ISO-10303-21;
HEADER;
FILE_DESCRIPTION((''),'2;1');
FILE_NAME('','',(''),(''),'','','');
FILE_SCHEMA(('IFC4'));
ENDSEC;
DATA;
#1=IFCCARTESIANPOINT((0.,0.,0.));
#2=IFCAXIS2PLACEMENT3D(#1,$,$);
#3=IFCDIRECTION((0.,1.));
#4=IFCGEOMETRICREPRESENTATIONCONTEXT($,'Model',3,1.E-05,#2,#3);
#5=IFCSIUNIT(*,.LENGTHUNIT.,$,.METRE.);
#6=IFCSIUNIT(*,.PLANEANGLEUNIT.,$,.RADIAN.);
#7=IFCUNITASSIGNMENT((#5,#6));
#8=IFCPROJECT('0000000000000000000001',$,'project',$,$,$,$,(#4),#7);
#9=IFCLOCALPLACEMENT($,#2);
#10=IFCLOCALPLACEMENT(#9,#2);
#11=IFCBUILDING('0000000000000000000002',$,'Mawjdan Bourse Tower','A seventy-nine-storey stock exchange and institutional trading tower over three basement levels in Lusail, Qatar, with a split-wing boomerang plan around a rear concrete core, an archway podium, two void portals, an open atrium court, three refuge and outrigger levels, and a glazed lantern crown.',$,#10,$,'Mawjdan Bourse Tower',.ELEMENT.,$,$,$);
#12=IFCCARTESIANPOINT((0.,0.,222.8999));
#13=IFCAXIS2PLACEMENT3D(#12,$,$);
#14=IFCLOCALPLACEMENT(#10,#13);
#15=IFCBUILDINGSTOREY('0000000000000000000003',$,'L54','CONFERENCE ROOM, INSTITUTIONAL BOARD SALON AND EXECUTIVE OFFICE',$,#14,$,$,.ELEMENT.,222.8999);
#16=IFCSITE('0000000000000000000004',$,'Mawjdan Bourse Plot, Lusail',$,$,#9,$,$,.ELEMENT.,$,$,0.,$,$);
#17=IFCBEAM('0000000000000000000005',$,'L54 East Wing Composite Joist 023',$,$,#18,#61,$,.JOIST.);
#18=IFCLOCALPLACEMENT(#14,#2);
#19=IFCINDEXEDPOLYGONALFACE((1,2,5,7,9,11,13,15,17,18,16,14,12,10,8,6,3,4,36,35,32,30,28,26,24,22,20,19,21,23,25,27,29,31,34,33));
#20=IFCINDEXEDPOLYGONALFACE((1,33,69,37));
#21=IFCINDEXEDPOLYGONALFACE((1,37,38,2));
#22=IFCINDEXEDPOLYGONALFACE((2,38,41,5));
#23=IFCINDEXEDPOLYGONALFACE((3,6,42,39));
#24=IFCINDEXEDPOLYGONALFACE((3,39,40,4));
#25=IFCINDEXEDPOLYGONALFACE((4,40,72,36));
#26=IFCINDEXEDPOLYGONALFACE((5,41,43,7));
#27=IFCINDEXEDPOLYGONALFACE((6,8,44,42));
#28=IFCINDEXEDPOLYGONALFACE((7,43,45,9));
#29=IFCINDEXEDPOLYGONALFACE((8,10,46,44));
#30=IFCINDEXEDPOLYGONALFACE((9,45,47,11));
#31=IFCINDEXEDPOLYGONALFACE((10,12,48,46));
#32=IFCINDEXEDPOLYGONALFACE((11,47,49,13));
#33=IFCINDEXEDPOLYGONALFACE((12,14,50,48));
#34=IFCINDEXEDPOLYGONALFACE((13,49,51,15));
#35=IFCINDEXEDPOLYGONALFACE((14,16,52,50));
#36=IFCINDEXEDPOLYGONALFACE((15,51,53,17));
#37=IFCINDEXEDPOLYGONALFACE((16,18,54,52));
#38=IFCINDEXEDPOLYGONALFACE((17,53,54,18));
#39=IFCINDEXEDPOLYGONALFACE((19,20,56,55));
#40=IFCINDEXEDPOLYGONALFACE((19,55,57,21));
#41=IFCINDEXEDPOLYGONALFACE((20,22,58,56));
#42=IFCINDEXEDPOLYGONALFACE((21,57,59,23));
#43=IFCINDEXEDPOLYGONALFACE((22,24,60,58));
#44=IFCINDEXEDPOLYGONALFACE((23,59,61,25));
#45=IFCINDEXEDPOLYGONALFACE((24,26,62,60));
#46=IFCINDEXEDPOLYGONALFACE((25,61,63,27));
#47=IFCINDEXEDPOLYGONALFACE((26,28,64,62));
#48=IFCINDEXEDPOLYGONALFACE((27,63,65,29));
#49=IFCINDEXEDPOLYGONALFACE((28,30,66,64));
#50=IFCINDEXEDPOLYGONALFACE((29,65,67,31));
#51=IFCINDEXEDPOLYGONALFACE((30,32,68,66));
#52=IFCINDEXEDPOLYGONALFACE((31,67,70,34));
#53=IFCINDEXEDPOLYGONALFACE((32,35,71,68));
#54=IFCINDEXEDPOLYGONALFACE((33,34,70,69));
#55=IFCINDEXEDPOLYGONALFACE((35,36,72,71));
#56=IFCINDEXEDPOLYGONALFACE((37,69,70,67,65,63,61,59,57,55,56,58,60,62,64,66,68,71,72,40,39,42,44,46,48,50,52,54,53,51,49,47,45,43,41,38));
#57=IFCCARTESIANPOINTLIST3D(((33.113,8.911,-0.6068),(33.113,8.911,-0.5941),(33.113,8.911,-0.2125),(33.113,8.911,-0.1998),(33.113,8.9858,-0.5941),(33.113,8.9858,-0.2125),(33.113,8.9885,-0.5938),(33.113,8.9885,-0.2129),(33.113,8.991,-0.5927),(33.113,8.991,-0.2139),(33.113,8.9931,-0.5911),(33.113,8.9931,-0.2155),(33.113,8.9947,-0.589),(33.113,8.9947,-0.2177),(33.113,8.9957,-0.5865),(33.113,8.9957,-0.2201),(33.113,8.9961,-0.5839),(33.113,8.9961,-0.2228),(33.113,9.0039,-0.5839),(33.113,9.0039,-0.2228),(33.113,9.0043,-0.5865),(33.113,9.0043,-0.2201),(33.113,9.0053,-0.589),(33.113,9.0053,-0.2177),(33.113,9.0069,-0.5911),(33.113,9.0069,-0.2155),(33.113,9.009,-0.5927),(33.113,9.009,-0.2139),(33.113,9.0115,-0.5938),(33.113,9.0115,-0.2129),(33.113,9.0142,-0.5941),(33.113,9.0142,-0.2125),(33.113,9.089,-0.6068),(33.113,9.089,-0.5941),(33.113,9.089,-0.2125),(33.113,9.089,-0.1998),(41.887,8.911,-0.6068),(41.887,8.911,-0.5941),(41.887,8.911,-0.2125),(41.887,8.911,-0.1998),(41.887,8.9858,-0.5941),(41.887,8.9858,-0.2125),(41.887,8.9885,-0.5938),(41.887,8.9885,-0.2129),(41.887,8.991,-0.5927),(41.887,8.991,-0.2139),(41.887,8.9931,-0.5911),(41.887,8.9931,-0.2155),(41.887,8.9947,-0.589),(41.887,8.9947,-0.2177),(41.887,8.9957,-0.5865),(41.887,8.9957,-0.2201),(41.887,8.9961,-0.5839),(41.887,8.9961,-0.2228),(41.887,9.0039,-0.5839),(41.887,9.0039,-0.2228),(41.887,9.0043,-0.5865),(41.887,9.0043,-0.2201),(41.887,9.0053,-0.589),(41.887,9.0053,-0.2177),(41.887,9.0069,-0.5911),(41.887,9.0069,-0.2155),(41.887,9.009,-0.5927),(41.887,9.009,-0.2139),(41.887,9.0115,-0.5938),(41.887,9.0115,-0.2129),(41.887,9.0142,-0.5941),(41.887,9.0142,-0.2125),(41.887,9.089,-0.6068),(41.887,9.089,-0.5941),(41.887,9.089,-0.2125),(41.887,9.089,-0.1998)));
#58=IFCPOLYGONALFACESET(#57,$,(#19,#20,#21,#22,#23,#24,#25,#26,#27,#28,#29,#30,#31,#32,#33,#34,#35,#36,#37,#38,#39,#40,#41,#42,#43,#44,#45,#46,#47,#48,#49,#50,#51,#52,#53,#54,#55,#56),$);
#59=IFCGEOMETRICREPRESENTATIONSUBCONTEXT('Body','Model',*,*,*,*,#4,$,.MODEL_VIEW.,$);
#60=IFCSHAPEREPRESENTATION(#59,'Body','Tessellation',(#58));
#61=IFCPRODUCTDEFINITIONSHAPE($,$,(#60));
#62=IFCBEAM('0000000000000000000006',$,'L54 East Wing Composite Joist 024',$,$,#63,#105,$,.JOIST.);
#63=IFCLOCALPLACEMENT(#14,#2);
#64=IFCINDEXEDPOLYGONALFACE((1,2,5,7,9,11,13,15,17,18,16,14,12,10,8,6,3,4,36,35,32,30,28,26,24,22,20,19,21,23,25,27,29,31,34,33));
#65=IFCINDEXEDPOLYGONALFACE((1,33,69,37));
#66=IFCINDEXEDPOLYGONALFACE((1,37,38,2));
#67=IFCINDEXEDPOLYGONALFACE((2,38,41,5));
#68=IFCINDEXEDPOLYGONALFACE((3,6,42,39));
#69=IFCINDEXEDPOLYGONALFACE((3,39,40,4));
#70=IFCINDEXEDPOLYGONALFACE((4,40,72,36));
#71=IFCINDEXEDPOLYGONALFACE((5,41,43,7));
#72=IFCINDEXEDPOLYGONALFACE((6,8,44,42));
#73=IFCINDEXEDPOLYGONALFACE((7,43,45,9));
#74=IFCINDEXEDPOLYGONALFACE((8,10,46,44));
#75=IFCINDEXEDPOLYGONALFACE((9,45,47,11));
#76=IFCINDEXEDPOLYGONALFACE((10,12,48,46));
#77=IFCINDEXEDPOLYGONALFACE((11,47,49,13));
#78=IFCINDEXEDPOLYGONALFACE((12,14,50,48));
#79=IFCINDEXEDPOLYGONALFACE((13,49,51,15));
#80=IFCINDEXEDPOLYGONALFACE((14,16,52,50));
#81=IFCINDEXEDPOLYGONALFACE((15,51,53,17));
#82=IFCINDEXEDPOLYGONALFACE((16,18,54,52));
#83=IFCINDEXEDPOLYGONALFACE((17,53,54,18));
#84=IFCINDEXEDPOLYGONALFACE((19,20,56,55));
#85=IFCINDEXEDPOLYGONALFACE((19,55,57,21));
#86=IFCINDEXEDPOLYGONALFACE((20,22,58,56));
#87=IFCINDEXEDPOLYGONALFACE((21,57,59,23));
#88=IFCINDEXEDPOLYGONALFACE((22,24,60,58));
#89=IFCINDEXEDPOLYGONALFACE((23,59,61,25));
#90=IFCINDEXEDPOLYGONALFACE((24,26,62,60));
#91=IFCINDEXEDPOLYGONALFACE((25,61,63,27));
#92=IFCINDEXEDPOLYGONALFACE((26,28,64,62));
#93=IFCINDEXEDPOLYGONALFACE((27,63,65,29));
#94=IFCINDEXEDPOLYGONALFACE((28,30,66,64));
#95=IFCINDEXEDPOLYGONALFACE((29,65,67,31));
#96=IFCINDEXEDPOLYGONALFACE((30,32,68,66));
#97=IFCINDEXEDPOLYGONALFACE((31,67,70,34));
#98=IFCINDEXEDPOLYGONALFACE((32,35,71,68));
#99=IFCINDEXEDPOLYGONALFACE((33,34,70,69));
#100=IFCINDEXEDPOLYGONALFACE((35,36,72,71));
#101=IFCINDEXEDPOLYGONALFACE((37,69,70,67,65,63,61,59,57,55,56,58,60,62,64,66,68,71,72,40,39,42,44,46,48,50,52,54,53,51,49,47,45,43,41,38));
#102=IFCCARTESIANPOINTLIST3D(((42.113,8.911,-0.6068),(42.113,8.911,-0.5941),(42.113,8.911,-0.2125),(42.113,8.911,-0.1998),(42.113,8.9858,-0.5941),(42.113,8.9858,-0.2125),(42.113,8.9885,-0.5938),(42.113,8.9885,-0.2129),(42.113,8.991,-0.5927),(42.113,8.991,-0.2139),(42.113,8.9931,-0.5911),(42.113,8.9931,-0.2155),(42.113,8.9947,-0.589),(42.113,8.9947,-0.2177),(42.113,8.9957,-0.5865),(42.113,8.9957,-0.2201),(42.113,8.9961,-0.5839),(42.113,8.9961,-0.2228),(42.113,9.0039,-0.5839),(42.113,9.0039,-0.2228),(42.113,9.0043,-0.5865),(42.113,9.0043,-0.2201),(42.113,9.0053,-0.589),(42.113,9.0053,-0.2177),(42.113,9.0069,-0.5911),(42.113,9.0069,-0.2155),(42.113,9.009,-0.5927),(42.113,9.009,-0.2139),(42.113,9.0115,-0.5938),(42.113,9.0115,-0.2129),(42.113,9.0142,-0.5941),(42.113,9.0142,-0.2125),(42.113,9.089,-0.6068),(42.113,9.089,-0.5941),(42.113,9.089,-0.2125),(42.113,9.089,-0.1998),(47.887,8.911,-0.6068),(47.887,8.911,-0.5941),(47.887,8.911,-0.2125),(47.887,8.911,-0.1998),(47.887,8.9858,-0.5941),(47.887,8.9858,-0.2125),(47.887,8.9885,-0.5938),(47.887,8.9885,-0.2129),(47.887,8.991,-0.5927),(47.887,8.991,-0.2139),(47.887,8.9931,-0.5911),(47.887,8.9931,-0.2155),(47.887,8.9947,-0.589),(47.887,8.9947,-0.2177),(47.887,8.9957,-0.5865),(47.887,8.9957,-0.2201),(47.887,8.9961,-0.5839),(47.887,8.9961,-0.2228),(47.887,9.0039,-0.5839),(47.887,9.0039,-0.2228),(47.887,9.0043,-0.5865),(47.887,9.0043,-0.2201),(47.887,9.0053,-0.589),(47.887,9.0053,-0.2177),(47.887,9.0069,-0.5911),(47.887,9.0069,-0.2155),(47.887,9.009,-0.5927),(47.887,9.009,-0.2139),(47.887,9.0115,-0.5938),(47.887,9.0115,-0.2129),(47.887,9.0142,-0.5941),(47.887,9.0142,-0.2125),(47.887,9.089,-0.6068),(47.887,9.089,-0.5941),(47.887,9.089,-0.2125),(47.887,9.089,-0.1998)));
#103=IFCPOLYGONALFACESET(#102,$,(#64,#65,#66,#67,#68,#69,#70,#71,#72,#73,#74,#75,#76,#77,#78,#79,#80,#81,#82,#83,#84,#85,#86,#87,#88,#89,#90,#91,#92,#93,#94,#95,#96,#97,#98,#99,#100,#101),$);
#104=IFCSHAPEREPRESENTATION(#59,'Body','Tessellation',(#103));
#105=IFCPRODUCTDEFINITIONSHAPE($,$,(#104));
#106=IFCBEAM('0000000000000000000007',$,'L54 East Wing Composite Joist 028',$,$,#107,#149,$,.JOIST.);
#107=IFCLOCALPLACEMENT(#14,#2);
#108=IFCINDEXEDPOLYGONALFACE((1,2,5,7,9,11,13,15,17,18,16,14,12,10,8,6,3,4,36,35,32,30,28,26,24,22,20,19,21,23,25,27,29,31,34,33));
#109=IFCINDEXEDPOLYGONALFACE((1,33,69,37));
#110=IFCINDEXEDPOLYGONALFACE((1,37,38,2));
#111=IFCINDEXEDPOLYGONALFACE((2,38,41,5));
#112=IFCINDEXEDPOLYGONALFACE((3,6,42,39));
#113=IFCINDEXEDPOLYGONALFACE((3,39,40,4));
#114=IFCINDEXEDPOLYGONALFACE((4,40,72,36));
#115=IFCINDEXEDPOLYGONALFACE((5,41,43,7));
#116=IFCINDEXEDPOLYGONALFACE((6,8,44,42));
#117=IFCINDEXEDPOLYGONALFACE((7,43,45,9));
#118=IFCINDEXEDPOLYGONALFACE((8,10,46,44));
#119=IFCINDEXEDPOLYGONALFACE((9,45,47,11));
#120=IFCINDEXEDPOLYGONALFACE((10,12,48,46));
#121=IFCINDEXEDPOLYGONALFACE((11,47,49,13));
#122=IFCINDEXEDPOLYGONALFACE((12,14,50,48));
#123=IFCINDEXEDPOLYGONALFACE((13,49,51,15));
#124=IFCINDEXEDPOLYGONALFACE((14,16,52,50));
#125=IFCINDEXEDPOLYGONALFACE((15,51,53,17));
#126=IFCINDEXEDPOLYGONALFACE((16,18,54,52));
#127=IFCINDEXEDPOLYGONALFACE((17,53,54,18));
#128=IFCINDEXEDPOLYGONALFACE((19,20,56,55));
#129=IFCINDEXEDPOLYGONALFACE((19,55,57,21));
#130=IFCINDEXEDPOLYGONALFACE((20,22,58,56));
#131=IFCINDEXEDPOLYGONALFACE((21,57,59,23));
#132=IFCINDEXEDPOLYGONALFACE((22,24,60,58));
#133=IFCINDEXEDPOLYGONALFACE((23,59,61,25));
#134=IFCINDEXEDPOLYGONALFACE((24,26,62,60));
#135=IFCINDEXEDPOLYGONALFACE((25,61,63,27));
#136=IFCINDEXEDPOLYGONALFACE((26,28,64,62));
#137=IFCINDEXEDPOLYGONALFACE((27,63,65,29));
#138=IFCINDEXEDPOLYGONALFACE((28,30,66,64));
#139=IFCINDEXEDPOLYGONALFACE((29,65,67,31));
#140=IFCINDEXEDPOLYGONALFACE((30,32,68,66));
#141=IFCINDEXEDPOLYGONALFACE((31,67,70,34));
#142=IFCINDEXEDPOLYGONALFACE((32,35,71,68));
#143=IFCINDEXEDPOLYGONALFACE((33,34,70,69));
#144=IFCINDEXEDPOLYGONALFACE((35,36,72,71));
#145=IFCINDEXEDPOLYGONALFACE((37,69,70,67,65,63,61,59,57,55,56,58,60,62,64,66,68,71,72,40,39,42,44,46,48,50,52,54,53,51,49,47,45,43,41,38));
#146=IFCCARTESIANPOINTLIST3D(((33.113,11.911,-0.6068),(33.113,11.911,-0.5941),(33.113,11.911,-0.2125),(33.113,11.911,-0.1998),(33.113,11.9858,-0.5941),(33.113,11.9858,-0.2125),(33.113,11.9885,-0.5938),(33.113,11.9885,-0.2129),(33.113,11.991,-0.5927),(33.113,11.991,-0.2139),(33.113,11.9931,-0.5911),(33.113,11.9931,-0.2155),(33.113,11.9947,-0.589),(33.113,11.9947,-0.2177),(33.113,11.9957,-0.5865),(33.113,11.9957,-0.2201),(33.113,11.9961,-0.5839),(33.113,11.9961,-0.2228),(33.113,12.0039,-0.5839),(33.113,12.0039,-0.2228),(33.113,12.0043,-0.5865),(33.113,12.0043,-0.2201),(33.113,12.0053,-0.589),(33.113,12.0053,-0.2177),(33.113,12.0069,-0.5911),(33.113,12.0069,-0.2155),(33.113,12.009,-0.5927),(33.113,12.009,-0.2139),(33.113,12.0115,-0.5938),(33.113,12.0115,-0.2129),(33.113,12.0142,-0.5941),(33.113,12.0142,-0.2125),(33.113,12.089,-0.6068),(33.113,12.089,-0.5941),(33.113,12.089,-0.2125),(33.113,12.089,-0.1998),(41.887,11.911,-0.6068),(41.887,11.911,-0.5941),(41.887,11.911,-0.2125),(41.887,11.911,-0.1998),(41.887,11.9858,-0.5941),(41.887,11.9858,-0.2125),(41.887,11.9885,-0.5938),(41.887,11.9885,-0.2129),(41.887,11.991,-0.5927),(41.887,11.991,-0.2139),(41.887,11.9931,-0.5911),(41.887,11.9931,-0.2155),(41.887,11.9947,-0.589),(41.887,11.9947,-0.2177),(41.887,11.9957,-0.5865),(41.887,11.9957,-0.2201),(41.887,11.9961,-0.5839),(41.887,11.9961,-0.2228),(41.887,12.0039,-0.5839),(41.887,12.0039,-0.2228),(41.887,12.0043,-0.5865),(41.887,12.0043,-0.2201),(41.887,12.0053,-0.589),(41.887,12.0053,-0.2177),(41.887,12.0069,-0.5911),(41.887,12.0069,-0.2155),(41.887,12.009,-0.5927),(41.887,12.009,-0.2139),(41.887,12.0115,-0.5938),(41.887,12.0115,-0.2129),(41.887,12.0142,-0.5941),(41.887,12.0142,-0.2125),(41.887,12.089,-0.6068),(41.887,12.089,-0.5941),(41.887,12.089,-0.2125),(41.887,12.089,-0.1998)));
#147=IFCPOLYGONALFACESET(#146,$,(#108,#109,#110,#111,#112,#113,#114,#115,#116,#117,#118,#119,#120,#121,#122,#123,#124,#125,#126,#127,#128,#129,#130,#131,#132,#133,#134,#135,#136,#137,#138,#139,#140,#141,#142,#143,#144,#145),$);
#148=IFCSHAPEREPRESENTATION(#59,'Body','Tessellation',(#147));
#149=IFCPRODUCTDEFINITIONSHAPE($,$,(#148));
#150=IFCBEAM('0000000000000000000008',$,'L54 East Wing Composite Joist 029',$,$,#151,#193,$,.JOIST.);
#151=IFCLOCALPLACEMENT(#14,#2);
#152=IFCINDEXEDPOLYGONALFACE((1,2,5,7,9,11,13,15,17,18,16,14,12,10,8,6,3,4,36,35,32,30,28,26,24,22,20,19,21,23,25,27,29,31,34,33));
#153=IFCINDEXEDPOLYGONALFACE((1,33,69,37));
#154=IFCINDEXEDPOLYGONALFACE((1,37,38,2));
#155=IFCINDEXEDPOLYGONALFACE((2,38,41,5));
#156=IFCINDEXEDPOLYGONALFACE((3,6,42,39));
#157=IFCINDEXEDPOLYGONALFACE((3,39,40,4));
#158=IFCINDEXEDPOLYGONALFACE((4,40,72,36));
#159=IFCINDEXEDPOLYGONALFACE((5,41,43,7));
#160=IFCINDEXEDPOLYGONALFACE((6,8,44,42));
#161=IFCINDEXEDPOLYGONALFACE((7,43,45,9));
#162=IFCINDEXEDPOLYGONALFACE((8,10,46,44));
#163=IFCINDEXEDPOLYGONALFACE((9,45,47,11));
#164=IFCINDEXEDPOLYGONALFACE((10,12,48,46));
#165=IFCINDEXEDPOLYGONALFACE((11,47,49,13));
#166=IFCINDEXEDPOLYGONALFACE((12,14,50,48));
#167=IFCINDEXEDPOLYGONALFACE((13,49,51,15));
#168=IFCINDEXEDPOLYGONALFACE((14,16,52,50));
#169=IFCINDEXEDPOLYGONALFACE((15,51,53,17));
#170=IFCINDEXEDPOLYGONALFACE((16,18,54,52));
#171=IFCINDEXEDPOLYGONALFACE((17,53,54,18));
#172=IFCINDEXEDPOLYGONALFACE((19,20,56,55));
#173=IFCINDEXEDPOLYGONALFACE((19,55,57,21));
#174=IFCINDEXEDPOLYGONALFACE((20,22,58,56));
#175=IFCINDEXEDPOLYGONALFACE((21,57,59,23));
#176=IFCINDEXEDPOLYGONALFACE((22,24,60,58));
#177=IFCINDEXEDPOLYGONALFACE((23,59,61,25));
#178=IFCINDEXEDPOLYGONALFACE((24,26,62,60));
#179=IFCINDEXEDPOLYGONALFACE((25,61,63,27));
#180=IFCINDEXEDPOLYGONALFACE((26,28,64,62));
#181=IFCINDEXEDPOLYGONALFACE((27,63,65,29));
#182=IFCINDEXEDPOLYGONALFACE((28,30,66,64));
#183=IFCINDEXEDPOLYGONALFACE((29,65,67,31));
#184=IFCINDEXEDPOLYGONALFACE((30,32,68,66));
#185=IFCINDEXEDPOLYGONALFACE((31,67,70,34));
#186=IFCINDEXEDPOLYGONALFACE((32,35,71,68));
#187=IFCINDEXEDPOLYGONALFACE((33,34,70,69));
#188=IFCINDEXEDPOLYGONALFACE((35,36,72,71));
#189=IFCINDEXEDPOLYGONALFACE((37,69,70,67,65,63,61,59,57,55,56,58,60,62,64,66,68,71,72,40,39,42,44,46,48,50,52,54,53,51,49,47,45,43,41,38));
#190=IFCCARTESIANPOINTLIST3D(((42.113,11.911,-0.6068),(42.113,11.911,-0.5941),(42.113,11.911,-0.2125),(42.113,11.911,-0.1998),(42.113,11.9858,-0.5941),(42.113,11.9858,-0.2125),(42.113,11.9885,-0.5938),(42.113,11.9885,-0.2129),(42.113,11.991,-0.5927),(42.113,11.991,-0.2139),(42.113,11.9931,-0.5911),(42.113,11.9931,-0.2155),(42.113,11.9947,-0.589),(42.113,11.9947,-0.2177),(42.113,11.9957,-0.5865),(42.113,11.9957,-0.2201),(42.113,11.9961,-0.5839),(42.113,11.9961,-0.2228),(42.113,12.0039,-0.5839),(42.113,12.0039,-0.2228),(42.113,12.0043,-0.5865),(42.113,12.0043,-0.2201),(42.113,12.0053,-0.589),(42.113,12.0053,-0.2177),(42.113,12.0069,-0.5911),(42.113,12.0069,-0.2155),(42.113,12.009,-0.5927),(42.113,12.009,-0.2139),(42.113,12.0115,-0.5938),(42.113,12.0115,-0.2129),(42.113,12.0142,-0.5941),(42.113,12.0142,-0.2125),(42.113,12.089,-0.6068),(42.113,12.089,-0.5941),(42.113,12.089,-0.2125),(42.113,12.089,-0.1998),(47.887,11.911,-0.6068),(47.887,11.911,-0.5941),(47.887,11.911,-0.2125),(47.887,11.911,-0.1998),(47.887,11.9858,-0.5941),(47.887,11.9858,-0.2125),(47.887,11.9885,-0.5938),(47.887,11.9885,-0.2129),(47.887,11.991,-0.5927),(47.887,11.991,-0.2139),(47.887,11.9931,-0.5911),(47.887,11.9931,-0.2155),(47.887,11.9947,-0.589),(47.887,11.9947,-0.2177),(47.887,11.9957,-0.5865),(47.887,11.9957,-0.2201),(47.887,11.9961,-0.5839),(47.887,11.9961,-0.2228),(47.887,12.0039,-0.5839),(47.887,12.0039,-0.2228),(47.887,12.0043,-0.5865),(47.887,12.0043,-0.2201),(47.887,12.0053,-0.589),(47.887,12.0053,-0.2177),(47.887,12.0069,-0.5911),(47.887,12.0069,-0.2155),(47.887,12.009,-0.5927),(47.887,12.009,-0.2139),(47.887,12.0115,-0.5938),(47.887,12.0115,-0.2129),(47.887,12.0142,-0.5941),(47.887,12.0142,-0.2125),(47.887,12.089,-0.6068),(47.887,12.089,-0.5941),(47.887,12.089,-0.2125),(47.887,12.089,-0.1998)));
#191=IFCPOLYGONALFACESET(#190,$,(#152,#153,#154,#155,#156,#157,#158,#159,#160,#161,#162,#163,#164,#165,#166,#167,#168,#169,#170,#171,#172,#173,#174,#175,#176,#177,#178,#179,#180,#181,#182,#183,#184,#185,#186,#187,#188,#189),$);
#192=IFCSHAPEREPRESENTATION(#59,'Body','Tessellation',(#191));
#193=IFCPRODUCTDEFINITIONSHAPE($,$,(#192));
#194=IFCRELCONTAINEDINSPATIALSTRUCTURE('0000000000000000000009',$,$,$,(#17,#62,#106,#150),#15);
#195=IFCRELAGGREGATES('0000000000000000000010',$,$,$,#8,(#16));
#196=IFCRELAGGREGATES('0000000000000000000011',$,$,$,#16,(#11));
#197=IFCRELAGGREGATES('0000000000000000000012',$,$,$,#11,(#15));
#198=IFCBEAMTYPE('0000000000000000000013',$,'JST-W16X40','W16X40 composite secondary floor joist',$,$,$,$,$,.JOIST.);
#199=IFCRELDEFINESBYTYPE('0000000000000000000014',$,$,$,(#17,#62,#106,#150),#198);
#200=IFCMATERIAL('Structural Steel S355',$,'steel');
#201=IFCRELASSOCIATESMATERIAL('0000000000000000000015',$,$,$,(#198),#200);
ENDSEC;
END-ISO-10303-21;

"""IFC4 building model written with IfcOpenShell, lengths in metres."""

from ifc_helpers import new_model, si_unit, direction, frame, origin, origin_2d, place, context, subcontext, project, spatial, i_section, extrude, material, material_profile, profile_set, type_object, element, save


model = new_model("IFC4")

# Units and contexts
model_context = context("Model", 3, precision=1e-05, world=origin(), true_north=direction((0.0, 1.0)))
body_context = subcontext(model_context, "Body", "Model", "MODEL_VIEW")
ifc_project = project(units=[si_unit("LENGTHUNIT", "METRE"), si_unit("PLANEANGLEUNIT", "RADIAN")], contexts=[model_context])

# Site, building, storey
site_placement = place(None, origin())
site = spatial("IfcSite", under=ifc_project, at=site_placement, Name="Mawjdan Bourse Plot, Lusail", CompositionType="ELEMENT", RefElevation=0.0)
building_placement = place(site_placement, origin())
building = spatial("IfcBuilding", under=site, at=building_placement, Name="Mawjdan Bourse Tower", Description="A seventy-nine-storey stock exchange and institutional trading tower over three basement levels in Lusail, Qatar, with a split-wing boomerang plan around a rear concrete core, an archway podium, two void portals, an open atrium court, three refuge and outrigger levels, and a glazed lantern crown.", LongName="Mawjdan Bourse Tower", CompositionType="ELEMENT")
storey_placement = place(building_placement, frame((0.0, 0.0, 222.8999)))
storey = spatial("IfcBuildingStorey", under=building, at=storey_placement, Name="L54", Description="CONFERENCE ROOM, INSTITUTIONAL BOARD SALON AND EXECUTIVE OFFICE", CompositionType="ELEMENT", Elevation=222.8999)

# Beams
ifc_material_1 = material(Name="Structural Steel S355", Category="steel")
ifc_material_profile_1 = material_profile(ifc_material_1, i_section(OverallWidth=0.178, OverallDepth=0.407, WebThickness=0.0078, FlangeThickness=0.0127, FilletRadius=0.0103, at=origin_2d()), Name="W16X40")
ifc_profile_set_1 = profile_set([ifc_material_profile_1], Name="Structural Steel S355")
beam_type_1 = type_object("IfcBeamType", Name="JST-W16X40", Description="W16X40 composite secondary floor joist", PredefinedType="JOIST", material=ifc_profile_set_1)
beam_1_placement = place(storey_placement, frame((33.113, 9.0, -0.4033), z_axis=(1.0, 0.0, 0.0), x_axis=(0.0, 1.0, 0.0)))
element("IfcBeam", 1, at=beam_1_placement, inside=storey, type_object=beam_type_1, Name="L54 East Wing Composite Joist 023", PredefinedType="JOIST", context=body_context, shape_type="SweptSolid", body=[
    extrude(i_section(OverallWidth=0.178, OverallDepth=0.407, WebThickness=0.0078, FlangeThickness=0.0127, FilletRadius=0.0103, at=origin_2d()), origin(), (0.0, 0.0, 1.0), 8.7739),
])
beam_2_placement = place(storey_placement, frame((42.113, 9.0, -0.4033), z_axis=(1.0, 0.0, 0.0), x_axis=(0.0, 1.0, 0.0)))
element("IfcBeam", 2, at=beam_2_placement, inside=storey, type_object=beam_type_1, Name="L54 East Wing Composite Joist 024", PredefinedType="JOIST", context=body_context, shape_type="SweptSolid", body=[
    extrude(i_section(OverallWidth=0.178, OverallDepth=0.407, WebThickness=0.0078, FlangeThickness=0.0127, FilletRadius=0.0103, at=origin_2d()), origin(), (0.0, 0.0, 1.0), 5.7739),
])
beam_3_placement = place(storey_placement, frame((33.113, 12.0, -0.4033), z_axis=(1.0, 0.0, 0.0), x_axis=(0.0, 1.0, 0.0)))
element("IfcBeam", 3, at=beam_3_placement, inside=storey, type_object=beam_type_1, Name="L54 East Wing Composite Joist 028", PredefinedType="JOIST", context=body_context, shape_type="SweptSolid", body=[
    extrude(i_section(OverallWidth=0.178, OverallDepth=0.407, WebThickness=0.0078, FlangeThickness=0.0127, FilletRadius=0.0103, at=origin_2d()), origin(), (0.0, 0.0, 1.0), 8.7739),
])
beam_4_placement = place(storey_placement, frame((42.113, 12.0, -0.4033), z_axis=(1.0, 0.0, 0.0), x_axis=(0.0, 1.0, 0.0)))
element("IfcBeam", 4, at=beam_4_placement, inside=storey, type_object=beam_type_1, Name="L54 East Wing Composite Joist 029", PredefinedType="JOIST", context=body_context, shape_type="SweptSolid", body=[
    extrude(i_section(OverallWidth=0.178, OverallDepth=0.407, WebThickness=0.0078, FlangeThickness=0.0127, FilletRadius=0.0103, at=origin_2d()), origin(), (0.0, 0.0, 1.0), 5.7739),
])

save(model, "model.ifc")
